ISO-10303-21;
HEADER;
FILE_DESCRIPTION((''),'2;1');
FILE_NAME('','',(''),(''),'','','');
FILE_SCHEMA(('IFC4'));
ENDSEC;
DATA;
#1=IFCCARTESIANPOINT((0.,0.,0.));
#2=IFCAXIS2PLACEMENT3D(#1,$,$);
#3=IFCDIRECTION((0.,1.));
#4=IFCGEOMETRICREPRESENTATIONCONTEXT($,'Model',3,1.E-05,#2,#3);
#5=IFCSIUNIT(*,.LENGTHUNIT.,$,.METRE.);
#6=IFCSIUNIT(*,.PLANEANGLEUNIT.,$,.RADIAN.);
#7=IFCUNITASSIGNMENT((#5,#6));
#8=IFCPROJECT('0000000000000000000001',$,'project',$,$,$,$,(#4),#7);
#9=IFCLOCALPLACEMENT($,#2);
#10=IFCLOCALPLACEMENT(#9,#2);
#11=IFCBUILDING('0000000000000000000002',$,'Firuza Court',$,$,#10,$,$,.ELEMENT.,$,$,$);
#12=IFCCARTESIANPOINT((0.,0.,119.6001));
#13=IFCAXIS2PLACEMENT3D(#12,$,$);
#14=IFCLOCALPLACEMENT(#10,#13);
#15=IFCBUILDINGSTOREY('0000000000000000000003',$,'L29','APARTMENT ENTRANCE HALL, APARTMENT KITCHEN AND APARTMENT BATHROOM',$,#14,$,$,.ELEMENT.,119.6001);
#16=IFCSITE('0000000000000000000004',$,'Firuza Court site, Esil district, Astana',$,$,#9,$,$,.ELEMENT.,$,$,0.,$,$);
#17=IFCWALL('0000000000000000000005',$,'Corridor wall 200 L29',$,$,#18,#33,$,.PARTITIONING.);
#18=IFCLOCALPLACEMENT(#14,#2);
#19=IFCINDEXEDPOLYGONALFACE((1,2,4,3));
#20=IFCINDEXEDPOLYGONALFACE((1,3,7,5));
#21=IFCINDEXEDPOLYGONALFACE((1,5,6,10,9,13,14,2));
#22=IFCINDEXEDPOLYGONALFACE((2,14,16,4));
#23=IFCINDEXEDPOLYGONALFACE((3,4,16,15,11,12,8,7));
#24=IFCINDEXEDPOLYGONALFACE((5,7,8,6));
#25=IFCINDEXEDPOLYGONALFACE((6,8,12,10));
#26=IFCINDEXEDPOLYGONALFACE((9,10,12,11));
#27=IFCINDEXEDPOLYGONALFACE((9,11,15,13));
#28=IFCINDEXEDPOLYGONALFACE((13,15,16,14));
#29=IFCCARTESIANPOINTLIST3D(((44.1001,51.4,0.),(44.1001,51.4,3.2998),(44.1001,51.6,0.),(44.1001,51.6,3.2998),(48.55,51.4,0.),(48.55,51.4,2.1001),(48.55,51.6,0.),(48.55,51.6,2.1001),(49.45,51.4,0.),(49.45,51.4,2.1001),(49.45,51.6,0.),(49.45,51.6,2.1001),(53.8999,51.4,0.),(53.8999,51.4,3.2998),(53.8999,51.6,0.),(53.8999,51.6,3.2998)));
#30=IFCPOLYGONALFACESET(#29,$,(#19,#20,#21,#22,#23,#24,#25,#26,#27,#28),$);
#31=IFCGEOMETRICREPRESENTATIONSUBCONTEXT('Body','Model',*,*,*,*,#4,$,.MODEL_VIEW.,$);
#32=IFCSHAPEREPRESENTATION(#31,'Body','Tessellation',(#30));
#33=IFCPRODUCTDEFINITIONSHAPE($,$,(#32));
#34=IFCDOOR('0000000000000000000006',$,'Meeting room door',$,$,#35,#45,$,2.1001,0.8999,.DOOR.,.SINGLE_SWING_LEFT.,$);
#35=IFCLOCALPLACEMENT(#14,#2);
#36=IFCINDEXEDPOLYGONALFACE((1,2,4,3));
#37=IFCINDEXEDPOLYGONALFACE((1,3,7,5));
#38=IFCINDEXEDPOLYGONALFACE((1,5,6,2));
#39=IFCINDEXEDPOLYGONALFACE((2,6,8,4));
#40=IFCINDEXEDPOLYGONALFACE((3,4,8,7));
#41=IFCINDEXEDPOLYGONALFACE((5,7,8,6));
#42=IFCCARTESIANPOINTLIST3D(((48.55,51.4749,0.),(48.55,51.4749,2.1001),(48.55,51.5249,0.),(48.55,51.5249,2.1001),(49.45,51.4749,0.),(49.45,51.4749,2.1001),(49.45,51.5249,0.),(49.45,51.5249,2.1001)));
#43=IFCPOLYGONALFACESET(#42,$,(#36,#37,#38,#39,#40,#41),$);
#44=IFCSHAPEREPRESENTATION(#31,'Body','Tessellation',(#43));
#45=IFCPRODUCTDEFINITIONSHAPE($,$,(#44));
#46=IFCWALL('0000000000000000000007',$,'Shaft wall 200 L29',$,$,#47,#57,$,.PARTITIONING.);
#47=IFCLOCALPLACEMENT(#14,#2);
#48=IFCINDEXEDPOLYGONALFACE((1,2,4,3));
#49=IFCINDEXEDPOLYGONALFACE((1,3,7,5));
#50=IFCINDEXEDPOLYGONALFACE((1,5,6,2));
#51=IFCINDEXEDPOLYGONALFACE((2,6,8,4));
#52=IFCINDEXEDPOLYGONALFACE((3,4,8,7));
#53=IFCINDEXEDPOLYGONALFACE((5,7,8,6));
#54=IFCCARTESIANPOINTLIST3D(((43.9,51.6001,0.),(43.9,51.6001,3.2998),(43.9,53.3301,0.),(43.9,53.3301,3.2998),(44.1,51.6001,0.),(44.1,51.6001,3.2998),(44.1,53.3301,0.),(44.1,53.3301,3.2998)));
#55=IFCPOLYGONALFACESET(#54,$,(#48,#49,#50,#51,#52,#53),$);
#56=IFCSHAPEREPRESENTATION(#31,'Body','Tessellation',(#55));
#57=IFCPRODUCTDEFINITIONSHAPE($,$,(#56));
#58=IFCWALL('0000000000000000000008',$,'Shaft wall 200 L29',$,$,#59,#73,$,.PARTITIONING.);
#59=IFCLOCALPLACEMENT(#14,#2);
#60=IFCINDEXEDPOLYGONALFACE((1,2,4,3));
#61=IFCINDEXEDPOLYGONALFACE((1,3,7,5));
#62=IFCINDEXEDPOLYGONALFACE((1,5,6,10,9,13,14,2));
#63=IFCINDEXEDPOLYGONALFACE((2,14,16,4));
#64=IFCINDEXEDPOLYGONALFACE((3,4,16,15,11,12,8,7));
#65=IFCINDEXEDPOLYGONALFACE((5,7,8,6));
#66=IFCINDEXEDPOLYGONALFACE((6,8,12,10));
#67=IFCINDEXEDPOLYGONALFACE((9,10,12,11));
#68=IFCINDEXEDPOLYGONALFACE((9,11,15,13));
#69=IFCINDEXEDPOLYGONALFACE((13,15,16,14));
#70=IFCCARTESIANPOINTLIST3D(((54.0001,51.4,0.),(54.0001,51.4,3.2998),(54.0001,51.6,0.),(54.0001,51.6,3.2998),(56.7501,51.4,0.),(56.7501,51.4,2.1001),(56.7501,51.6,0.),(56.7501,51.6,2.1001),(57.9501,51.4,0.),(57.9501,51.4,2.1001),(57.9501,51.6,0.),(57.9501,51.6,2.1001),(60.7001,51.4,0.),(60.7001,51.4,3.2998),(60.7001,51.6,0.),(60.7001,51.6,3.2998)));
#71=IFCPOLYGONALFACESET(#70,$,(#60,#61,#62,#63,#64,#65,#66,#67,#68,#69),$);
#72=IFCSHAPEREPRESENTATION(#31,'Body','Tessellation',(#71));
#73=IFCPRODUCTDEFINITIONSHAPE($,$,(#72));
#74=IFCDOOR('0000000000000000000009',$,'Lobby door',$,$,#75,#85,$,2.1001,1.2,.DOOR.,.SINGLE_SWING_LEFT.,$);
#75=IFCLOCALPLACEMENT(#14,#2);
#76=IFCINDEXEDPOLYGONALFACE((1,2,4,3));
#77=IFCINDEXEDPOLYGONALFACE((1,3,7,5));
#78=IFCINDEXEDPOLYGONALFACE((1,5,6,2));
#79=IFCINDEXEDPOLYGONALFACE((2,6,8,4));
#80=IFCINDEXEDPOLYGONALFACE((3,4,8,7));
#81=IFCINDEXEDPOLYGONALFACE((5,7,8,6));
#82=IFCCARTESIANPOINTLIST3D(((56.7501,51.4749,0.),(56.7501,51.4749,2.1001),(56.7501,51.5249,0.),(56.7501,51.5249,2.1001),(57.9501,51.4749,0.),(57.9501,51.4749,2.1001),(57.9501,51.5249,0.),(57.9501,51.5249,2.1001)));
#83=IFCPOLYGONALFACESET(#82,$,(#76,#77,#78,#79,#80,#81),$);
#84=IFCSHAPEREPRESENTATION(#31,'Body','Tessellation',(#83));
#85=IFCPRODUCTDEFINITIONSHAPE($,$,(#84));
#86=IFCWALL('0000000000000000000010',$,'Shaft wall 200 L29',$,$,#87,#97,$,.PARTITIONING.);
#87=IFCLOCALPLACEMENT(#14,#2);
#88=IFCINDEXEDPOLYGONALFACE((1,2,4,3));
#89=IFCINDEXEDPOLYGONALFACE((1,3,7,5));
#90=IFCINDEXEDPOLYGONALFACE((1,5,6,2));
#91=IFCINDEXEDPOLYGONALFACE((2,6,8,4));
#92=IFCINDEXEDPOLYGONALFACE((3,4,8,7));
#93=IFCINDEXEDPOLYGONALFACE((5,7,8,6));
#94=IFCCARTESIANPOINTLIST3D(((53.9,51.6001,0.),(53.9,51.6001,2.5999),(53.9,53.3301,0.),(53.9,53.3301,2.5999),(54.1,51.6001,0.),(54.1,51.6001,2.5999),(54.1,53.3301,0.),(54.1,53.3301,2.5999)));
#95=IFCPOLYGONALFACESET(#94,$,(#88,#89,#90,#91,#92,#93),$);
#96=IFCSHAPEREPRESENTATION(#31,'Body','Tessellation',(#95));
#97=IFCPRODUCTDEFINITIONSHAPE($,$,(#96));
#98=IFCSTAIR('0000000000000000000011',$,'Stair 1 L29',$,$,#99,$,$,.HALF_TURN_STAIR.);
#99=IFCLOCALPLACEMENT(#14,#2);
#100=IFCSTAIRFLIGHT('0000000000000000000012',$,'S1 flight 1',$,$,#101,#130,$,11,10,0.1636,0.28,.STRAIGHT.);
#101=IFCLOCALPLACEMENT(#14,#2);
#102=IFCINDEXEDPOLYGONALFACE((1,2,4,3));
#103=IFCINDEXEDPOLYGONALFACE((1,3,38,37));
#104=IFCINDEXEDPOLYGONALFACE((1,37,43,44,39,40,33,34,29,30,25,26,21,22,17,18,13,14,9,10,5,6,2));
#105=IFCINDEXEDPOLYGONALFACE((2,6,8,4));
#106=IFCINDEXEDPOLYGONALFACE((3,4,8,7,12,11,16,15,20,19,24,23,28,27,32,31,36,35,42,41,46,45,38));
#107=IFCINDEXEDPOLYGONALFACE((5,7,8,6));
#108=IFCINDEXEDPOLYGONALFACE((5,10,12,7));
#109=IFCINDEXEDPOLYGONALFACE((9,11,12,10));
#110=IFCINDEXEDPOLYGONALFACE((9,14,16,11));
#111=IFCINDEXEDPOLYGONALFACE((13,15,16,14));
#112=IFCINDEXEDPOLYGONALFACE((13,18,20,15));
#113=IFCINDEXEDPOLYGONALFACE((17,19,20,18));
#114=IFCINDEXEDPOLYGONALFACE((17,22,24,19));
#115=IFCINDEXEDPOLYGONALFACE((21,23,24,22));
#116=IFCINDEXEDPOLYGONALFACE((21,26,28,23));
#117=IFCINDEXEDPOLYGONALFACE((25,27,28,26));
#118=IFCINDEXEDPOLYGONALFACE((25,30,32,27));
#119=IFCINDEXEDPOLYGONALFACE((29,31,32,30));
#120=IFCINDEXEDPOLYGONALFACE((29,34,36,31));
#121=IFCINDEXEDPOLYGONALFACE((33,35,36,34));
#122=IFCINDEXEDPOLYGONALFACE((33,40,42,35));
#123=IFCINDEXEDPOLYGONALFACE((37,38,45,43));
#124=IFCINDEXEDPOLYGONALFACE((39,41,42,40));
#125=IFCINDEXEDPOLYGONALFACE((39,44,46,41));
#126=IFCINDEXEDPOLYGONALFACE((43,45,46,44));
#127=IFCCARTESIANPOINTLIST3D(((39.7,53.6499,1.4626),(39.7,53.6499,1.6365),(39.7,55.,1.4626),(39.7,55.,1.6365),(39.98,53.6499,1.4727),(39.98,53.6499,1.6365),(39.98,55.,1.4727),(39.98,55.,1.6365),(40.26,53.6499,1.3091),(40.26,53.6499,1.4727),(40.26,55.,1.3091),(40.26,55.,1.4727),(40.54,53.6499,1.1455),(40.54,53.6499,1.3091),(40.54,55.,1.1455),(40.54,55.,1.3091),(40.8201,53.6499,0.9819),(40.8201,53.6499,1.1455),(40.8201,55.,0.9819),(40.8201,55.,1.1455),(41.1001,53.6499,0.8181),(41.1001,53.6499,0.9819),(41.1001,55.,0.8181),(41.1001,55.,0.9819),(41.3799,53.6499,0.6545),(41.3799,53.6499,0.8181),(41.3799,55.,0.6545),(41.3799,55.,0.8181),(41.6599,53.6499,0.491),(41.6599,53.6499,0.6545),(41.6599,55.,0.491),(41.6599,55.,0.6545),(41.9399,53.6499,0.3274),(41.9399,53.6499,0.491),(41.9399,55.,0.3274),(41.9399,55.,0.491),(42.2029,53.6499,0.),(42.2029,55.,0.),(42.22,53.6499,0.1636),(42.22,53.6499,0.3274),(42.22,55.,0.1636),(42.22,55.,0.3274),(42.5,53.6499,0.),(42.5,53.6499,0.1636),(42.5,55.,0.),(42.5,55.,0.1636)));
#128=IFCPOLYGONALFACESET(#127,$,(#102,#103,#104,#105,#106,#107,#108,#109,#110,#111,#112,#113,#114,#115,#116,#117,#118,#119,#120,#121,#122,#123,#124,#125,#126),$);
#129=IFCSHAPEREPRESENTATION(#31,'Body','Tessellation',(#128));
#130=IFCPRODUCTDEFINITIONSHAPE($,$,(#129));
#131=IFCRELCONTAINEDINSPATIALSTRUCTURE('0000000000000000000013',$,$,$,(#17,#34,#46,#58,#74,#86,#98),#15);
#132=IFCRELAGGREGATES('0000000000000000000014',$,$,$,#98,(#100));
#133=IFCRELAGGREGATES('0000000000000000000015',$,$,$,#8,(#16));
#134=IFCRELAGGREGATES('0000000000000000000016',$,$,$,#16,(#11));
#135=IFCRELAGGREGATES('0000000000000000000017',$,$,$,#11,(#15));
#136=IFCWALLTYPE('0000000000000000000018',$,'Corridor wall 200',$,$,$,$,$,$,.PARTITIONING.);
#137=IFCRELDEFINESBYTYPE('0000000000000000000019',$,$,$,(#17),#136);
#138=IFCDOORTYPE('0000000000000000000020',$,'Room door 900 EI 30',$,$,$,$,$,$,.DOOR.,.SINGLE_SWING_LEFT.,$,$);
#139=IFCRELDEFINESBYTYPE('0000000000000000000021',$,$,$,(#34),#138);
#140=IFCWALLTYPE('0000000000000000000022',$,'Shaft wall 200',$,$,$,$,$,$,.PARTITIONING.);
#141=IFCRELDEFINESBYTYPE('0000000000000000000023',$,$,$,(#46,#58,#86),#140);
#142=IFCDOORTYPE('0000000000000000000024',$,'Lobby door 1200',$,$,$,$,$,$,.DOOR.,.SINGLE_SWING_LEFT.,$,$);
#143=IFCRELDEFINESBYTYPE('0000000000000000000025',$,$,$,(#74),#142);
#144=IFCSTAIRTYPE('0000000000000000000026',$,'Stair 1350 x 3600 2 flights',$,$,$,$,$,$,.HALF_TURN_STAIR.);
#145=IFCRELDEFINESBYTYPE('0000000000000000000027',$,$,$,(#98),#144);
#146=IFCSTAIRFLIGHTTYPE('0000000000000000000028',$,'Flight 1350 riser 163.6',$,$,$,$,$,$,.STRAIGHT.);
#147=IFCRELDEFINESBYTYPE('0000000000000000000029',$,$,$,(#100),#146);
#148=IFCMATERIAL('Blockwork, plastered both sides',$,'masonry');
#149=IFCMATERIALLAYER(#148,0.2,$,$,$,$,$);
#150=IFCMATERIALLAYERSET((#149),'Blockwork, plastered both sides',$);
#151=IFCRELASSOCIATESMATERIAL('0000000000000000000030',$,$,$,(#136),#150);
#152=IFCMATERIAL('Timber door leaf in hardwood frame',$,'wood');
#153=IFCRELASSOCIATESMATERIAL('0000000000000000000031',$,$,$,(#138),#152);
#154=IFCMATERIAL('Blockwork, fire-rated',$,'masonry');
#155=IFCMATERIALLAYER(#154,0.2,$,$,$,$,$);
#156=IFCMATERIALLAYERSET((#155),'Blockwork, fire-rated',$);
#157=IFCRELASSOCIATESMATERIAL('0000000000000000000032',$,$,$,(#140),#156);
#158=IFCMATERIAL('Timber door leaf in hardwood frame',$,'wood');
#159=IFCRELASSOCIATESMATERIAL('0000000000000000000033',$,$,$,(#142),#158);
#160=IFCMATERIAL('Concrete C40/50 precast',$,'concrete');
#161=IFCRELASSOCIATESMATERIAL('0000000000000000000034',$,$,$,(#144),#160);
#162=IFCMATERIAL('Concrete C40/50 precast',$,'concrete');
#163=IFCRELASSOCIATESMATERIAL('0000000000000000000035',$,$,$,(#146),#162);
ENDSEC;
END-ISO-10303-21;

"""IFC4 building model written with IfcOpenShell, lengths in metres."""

from ifc_helpers import new_model, si_unit, direction, frame, frame_2d, origin, place, context, subcontext, project, spatial, polyline, rectangle, outline, extrude, material, layer, layer_set, type_object, element, fill, aggregate, save


model = new_model("IFC4")

# Units and contexts
model_context = context("Model", 3, precision=1e-05, world=origin(), true_north=direction((0.0, 1.0)))
body_context = subcontext(model_context, "Body", "Model", "MODEL_VIEW")
ifc_project = project(units=[si_unit("LENGTHUNIT", "METRE"), si_unit("PLANEANGLEUNIT", "RADIAN")], contexts=[model_context])

# Site, building, storey
site_placement = place(None, origin())
site = spatial("IfcSite", under=ifc_project, at=site_placement, Name="Firuza Court site, Esil district, Astana", CompositionType="ELEMENT", RefElevation=0.0)
building_placement = place(site_placement, origin())
building = spatial("IfcBuilding", under=site, at=building_placement, Name="Firuza Court", CompositionType="ELEMENT")
storey_placement = place(building_placement, frame((0.0, 0.0, 119.6001)))
storey = spatial("IfcBuildingStorey", under=building, at=storey_placement, Name="L29", Description="APARTMENT ENTRANCE HALL, APARTMENT KITCHEN AND APARTMENT BATHROOM", CompositionType="ELEMENT", Elevation=119.6001)

# Wall, opening, door
ifc_material_1 = material(Name="Blockwork, plastered both sides", Category="masonry")
ifc_layer_1 = layer(ifc_material_1, 0.2)
ifc_layer_set_1 = layer_set([ifc_layer_1], Name="Blockwork, plastered both sides")
wall_type_1 = type_object("IfcWallType", Name="Corridor wall 200", PredefinedType="PARTITIONING", material=ifc_layer_set_1)
wall_1_placement = place(storey_placement, frame((44.1001, 51.5, 0.0), z_axis=(0.0, 0.0, 1.0), x_axis=(1.0, 0.0, 0.0)))
wall_1 = element("IfcWall", 1, at=wall_1_placement, inside=storey, type_object=wall_type_1, Name="Corridor wall 200 L29", PredefinedType="PARTITIONING", context=body_context, shape_type="SweptSolid", body=[
    extrude(rectangle(XDim=9.7998, YDim=0.2, at=frame_2d((4.8999, 0.0))), origin(), (0.0, 0.0, 1.0), 3.2998),
])
opening_1_placement = place(wall_1_placement, frame((4.45, 0.0, 0.0)))
opening_1 = element("IfcOpeningElement", 2, at=opening_1_placement, cuts=wall_1, PredefinedType="OPENING", context=body_context, shape_type="SweptSolid", body=[
    extrude(rectangle(XDim=0.8999, YDim=2.1001, at=frame_2d((0.45, 1.05))), frame((0.0, 0.1118, 0.0), z_axis=(0.0, -1.0, 0.0), x_axis=(1.0, 0.0, 0.0)), (0.0, 0.0, 1.0), 0.2239),
])
ifc_material_2 = material(Name="Timber door leaf in hardwood frame", Category="wood")
door_type_1 = type_object("IfcDoorType", Name="Room door 900 EI 30", OperationType="SINGLE_SWING_LEFT", PredefinedType="DOOR", material=ifc_material_2)
door_1_placement = place(opening_1_placement, origin())
door_1 = element("IfcDoor", 3, at=door_1_placement, inside=storey, type_object=door_type_1, Name="Meeting room door", OperationType="SINGLE_SWING_LEFT", OverallHeight=2.1001, OverallWidth=0.8999, PredefinedType="DOOR", context=body_context, shape_type="SweptSolid", body=[
    extrude(rectangle(XDim=0.8999, YDim=2.1001, at=frame_2d((0.45, 1.05))), frame((0.0, 0.0249, 0.0), z_axis=(0.0, -1.0, 0.0), x_axis=(1.0, 0.0, 0.0)), (0.0, 0.0, 1.0), 0.05),
])
fill(opening_1, door_1)

# Wall
ifc_material_3 = material(Name="Blockwork, fire-rated", Category="masonry")
ifc_layer_2 = layer(ifc_material_3, 0.2)
ifc_layer_set_2 = layer_set([ifc_layer_2], Name="Blockwork, fire-rated")
wall_type_2 = type_object("IfcWallType", Name="Shaft wall 200", PredefinedType="PARTITIONING", material=ifc_layer_set_2)
wall_2_placement = place(storey_placement, frame((44.0, 51.6001, 0.0), z_axis=(0.0, 0.0, 1.0), x_axis=(0.0, 1.0, 0.0)))
element("IfcWall", 4, at=wall_2_placement, inside=storey, type_object=wall_type_2, Name="Shaft wall 200 L29", PredefinedType="PARTITIONING", context=body_context, shape_type="SweptSolid", body=[
    extrude(rectangle(XDim=1.73, YDim=0.2, at=frame_2d((0.865, 0.0))), origin(), (0.0, 0.0, 1.0), 3.2998),
])

# Wall, opening, door
wall_3_placement = place(storey_placement, frame((54.0, 51.5, 0.0), z_axis=(0.0, 0.0, 1.0), x_axis=(1.0, 0.0, 0.0)))
wall_3 = element("IfcWall", 5, at=wall_3_placement, inside=storey, type_object=wall_type_2, Name="Shaft wall 200 L29", PredefinedType="PARTITIONING", context=body_context, shape_type="SweptSolid", body=[
    extrude(rectangle(XDim=6.7, YDim=0.2, at=frame_2d((3.3501, 0.0))), origin(), (0.0, 0.0, 1.0), 3.2998),
])
opening_2_placement = place(wall_3_placement, frame((2.75, 0.0, 0.0)))
opening_2 = element("IfcOpeningElement", 6, at=opening_2_placement, cuts=wall_3, PredefinedType="OPENING", context=body_context, shape_type="SweptSolid", body=[
    extrude(rectangle(XDim=1.2, YDim=2.1001, at=frame_2d((0.6001, 1.05))), frame((0.0, 0.1118, 0.0), z_axis=(0.0, -1.0, 0.0), x_axis=(1.0, 0.0, 0.0)), (0.0, 0.0, 1.0), 0.2239),
])
ifc_material_4 = material(Name="Timber door leaf in hardwood frame", Category="wood")
door_type_2 = type_object("IfcDoorType", Name="Lobby door 1200", OperationType="SINGLE_SWING_LEFT", PredefinedType="DOOR", material=ifc_material_4)
door_2_placement = place(opening_2_placement, origin())
door_2 = element("IfcDoor", 7, at=door_2_placement, inside=storey, type_object=door_type_2, Name="Lobby door", OperationType="SINGLE_SWING_LEFT", OverallHeight=2.1001, OverallWidth=1.2, PredefinedType="DOOR", context=body_context, shape_type="SweptSolid", body=[
    extrude(rectangle(XDim=1.2, YDim=2.1001, at=frame_2d((0.6001, 1.05))), frame((0.0, 0.0249, 0.0), z_axis=(0.0, -1.0, 0.0), x_axis=(1.0, 0.0, 0.0)), (0.0, 0.0, 1.0), 0.05),
])
fill(opening_2, door_2)

# Wall
wall_4_placement = place(storey_placement, frame((54.0, 51.6001, 0.0), z_axis=(0.0, 0.0, 1.0), x_axis=(0.0, 1.0, 0.0)))
element("IfcWall", 8, at=wall_4_placement, inside=storey, type_object=wall_type_2, Name="Shaft wall 200 L29", PredefinedType="PARTITIONING", context=body_context, shape_type="SweptSolid", body=[
    extrude(rectangle(XDim=1.73, YDim=0.2, at=frame_2d((0.865, 0.0))), origin(), (0.0, 0.0, 1.0), 2.5999),
])

# Stair, stair flight
ifc_material_5 = material(Name="Concrete C40/50 precast", Category="concrete")
stair_type = type_object("IfcStairType", Name="Stair 1350 x 3600 2 flights", PredefinedType="HALF_TURN_STAIR", material=ifc_material_5)
stair_placement = place(storey_placement, origin())
stair = element("IfcStair", 9, at=stair_placement, inside=storey, type_object=stair_type, Name="Stair 1 L29", PredefinedType="HALF_TURN_STAIR")
ifc_material_6 = material(Name="Concrete C40/50 precast", Category="concrete")
stair_flight_type = type_object("IfcStairFlightType", Name="Flight 1350 riser 163.6", PredefinedType="STRAIGHT", material=ifc_material_6)
stair_flight_placement = place(storey_placement, frame((42.5, 54.325, 0.0), z_axis=(0.0, 0.0, 1.0), x_axis=(-1.0, 0.0, 0.0)))
stair_flight = element("IfcStairFlight", 10, at=stair_flight_placement, type_object=stair_flight_type, Name="S1 flight 1", NumberOfRisers=11, NumberOfTreads=10, PredefinedType="STRAIGHT", RiserHeight=0.1636, TreadLength=0.28, context=body_context, shape_type="SweptSolid", body=[
    extrude(outline(polyline([(0.0, 0.0), (0.0, 0.1636), (0.28, 0.1636), (0.28, 0.3274), (0.5601, 0.3274), (0.5601, 0.491), (0.8401, 0.491), (0.8401, 0.6545), (1.1201, 0.6545), (1.1201, 0.8181), (1.3999, 0.8181), (1.3999, 0.9819), (1.6799, 0.9819), (1.6799, 1.1455), (1.96, 1.1455), (1.96, 1.3091), (2.24, 1.3091), (2.24, 1.4727), (2.52, 1.4727), (2.52, 1.6365), (2.8, 1.6365), (2.8, 1.8), (2.8, 1.4626), (0.2971, 0.0), (0.0, 0.0)])), frame((0.0, 0.675, 0.0), z_axis=(0.0, -1.0, 0.0), x_axis=(1.0, 0.0, 0.0)), (0.0, 0.0, 1.0), 1.3501),
])
aggregate(stair, [stair_flight])

save(model, "model.ifc")
